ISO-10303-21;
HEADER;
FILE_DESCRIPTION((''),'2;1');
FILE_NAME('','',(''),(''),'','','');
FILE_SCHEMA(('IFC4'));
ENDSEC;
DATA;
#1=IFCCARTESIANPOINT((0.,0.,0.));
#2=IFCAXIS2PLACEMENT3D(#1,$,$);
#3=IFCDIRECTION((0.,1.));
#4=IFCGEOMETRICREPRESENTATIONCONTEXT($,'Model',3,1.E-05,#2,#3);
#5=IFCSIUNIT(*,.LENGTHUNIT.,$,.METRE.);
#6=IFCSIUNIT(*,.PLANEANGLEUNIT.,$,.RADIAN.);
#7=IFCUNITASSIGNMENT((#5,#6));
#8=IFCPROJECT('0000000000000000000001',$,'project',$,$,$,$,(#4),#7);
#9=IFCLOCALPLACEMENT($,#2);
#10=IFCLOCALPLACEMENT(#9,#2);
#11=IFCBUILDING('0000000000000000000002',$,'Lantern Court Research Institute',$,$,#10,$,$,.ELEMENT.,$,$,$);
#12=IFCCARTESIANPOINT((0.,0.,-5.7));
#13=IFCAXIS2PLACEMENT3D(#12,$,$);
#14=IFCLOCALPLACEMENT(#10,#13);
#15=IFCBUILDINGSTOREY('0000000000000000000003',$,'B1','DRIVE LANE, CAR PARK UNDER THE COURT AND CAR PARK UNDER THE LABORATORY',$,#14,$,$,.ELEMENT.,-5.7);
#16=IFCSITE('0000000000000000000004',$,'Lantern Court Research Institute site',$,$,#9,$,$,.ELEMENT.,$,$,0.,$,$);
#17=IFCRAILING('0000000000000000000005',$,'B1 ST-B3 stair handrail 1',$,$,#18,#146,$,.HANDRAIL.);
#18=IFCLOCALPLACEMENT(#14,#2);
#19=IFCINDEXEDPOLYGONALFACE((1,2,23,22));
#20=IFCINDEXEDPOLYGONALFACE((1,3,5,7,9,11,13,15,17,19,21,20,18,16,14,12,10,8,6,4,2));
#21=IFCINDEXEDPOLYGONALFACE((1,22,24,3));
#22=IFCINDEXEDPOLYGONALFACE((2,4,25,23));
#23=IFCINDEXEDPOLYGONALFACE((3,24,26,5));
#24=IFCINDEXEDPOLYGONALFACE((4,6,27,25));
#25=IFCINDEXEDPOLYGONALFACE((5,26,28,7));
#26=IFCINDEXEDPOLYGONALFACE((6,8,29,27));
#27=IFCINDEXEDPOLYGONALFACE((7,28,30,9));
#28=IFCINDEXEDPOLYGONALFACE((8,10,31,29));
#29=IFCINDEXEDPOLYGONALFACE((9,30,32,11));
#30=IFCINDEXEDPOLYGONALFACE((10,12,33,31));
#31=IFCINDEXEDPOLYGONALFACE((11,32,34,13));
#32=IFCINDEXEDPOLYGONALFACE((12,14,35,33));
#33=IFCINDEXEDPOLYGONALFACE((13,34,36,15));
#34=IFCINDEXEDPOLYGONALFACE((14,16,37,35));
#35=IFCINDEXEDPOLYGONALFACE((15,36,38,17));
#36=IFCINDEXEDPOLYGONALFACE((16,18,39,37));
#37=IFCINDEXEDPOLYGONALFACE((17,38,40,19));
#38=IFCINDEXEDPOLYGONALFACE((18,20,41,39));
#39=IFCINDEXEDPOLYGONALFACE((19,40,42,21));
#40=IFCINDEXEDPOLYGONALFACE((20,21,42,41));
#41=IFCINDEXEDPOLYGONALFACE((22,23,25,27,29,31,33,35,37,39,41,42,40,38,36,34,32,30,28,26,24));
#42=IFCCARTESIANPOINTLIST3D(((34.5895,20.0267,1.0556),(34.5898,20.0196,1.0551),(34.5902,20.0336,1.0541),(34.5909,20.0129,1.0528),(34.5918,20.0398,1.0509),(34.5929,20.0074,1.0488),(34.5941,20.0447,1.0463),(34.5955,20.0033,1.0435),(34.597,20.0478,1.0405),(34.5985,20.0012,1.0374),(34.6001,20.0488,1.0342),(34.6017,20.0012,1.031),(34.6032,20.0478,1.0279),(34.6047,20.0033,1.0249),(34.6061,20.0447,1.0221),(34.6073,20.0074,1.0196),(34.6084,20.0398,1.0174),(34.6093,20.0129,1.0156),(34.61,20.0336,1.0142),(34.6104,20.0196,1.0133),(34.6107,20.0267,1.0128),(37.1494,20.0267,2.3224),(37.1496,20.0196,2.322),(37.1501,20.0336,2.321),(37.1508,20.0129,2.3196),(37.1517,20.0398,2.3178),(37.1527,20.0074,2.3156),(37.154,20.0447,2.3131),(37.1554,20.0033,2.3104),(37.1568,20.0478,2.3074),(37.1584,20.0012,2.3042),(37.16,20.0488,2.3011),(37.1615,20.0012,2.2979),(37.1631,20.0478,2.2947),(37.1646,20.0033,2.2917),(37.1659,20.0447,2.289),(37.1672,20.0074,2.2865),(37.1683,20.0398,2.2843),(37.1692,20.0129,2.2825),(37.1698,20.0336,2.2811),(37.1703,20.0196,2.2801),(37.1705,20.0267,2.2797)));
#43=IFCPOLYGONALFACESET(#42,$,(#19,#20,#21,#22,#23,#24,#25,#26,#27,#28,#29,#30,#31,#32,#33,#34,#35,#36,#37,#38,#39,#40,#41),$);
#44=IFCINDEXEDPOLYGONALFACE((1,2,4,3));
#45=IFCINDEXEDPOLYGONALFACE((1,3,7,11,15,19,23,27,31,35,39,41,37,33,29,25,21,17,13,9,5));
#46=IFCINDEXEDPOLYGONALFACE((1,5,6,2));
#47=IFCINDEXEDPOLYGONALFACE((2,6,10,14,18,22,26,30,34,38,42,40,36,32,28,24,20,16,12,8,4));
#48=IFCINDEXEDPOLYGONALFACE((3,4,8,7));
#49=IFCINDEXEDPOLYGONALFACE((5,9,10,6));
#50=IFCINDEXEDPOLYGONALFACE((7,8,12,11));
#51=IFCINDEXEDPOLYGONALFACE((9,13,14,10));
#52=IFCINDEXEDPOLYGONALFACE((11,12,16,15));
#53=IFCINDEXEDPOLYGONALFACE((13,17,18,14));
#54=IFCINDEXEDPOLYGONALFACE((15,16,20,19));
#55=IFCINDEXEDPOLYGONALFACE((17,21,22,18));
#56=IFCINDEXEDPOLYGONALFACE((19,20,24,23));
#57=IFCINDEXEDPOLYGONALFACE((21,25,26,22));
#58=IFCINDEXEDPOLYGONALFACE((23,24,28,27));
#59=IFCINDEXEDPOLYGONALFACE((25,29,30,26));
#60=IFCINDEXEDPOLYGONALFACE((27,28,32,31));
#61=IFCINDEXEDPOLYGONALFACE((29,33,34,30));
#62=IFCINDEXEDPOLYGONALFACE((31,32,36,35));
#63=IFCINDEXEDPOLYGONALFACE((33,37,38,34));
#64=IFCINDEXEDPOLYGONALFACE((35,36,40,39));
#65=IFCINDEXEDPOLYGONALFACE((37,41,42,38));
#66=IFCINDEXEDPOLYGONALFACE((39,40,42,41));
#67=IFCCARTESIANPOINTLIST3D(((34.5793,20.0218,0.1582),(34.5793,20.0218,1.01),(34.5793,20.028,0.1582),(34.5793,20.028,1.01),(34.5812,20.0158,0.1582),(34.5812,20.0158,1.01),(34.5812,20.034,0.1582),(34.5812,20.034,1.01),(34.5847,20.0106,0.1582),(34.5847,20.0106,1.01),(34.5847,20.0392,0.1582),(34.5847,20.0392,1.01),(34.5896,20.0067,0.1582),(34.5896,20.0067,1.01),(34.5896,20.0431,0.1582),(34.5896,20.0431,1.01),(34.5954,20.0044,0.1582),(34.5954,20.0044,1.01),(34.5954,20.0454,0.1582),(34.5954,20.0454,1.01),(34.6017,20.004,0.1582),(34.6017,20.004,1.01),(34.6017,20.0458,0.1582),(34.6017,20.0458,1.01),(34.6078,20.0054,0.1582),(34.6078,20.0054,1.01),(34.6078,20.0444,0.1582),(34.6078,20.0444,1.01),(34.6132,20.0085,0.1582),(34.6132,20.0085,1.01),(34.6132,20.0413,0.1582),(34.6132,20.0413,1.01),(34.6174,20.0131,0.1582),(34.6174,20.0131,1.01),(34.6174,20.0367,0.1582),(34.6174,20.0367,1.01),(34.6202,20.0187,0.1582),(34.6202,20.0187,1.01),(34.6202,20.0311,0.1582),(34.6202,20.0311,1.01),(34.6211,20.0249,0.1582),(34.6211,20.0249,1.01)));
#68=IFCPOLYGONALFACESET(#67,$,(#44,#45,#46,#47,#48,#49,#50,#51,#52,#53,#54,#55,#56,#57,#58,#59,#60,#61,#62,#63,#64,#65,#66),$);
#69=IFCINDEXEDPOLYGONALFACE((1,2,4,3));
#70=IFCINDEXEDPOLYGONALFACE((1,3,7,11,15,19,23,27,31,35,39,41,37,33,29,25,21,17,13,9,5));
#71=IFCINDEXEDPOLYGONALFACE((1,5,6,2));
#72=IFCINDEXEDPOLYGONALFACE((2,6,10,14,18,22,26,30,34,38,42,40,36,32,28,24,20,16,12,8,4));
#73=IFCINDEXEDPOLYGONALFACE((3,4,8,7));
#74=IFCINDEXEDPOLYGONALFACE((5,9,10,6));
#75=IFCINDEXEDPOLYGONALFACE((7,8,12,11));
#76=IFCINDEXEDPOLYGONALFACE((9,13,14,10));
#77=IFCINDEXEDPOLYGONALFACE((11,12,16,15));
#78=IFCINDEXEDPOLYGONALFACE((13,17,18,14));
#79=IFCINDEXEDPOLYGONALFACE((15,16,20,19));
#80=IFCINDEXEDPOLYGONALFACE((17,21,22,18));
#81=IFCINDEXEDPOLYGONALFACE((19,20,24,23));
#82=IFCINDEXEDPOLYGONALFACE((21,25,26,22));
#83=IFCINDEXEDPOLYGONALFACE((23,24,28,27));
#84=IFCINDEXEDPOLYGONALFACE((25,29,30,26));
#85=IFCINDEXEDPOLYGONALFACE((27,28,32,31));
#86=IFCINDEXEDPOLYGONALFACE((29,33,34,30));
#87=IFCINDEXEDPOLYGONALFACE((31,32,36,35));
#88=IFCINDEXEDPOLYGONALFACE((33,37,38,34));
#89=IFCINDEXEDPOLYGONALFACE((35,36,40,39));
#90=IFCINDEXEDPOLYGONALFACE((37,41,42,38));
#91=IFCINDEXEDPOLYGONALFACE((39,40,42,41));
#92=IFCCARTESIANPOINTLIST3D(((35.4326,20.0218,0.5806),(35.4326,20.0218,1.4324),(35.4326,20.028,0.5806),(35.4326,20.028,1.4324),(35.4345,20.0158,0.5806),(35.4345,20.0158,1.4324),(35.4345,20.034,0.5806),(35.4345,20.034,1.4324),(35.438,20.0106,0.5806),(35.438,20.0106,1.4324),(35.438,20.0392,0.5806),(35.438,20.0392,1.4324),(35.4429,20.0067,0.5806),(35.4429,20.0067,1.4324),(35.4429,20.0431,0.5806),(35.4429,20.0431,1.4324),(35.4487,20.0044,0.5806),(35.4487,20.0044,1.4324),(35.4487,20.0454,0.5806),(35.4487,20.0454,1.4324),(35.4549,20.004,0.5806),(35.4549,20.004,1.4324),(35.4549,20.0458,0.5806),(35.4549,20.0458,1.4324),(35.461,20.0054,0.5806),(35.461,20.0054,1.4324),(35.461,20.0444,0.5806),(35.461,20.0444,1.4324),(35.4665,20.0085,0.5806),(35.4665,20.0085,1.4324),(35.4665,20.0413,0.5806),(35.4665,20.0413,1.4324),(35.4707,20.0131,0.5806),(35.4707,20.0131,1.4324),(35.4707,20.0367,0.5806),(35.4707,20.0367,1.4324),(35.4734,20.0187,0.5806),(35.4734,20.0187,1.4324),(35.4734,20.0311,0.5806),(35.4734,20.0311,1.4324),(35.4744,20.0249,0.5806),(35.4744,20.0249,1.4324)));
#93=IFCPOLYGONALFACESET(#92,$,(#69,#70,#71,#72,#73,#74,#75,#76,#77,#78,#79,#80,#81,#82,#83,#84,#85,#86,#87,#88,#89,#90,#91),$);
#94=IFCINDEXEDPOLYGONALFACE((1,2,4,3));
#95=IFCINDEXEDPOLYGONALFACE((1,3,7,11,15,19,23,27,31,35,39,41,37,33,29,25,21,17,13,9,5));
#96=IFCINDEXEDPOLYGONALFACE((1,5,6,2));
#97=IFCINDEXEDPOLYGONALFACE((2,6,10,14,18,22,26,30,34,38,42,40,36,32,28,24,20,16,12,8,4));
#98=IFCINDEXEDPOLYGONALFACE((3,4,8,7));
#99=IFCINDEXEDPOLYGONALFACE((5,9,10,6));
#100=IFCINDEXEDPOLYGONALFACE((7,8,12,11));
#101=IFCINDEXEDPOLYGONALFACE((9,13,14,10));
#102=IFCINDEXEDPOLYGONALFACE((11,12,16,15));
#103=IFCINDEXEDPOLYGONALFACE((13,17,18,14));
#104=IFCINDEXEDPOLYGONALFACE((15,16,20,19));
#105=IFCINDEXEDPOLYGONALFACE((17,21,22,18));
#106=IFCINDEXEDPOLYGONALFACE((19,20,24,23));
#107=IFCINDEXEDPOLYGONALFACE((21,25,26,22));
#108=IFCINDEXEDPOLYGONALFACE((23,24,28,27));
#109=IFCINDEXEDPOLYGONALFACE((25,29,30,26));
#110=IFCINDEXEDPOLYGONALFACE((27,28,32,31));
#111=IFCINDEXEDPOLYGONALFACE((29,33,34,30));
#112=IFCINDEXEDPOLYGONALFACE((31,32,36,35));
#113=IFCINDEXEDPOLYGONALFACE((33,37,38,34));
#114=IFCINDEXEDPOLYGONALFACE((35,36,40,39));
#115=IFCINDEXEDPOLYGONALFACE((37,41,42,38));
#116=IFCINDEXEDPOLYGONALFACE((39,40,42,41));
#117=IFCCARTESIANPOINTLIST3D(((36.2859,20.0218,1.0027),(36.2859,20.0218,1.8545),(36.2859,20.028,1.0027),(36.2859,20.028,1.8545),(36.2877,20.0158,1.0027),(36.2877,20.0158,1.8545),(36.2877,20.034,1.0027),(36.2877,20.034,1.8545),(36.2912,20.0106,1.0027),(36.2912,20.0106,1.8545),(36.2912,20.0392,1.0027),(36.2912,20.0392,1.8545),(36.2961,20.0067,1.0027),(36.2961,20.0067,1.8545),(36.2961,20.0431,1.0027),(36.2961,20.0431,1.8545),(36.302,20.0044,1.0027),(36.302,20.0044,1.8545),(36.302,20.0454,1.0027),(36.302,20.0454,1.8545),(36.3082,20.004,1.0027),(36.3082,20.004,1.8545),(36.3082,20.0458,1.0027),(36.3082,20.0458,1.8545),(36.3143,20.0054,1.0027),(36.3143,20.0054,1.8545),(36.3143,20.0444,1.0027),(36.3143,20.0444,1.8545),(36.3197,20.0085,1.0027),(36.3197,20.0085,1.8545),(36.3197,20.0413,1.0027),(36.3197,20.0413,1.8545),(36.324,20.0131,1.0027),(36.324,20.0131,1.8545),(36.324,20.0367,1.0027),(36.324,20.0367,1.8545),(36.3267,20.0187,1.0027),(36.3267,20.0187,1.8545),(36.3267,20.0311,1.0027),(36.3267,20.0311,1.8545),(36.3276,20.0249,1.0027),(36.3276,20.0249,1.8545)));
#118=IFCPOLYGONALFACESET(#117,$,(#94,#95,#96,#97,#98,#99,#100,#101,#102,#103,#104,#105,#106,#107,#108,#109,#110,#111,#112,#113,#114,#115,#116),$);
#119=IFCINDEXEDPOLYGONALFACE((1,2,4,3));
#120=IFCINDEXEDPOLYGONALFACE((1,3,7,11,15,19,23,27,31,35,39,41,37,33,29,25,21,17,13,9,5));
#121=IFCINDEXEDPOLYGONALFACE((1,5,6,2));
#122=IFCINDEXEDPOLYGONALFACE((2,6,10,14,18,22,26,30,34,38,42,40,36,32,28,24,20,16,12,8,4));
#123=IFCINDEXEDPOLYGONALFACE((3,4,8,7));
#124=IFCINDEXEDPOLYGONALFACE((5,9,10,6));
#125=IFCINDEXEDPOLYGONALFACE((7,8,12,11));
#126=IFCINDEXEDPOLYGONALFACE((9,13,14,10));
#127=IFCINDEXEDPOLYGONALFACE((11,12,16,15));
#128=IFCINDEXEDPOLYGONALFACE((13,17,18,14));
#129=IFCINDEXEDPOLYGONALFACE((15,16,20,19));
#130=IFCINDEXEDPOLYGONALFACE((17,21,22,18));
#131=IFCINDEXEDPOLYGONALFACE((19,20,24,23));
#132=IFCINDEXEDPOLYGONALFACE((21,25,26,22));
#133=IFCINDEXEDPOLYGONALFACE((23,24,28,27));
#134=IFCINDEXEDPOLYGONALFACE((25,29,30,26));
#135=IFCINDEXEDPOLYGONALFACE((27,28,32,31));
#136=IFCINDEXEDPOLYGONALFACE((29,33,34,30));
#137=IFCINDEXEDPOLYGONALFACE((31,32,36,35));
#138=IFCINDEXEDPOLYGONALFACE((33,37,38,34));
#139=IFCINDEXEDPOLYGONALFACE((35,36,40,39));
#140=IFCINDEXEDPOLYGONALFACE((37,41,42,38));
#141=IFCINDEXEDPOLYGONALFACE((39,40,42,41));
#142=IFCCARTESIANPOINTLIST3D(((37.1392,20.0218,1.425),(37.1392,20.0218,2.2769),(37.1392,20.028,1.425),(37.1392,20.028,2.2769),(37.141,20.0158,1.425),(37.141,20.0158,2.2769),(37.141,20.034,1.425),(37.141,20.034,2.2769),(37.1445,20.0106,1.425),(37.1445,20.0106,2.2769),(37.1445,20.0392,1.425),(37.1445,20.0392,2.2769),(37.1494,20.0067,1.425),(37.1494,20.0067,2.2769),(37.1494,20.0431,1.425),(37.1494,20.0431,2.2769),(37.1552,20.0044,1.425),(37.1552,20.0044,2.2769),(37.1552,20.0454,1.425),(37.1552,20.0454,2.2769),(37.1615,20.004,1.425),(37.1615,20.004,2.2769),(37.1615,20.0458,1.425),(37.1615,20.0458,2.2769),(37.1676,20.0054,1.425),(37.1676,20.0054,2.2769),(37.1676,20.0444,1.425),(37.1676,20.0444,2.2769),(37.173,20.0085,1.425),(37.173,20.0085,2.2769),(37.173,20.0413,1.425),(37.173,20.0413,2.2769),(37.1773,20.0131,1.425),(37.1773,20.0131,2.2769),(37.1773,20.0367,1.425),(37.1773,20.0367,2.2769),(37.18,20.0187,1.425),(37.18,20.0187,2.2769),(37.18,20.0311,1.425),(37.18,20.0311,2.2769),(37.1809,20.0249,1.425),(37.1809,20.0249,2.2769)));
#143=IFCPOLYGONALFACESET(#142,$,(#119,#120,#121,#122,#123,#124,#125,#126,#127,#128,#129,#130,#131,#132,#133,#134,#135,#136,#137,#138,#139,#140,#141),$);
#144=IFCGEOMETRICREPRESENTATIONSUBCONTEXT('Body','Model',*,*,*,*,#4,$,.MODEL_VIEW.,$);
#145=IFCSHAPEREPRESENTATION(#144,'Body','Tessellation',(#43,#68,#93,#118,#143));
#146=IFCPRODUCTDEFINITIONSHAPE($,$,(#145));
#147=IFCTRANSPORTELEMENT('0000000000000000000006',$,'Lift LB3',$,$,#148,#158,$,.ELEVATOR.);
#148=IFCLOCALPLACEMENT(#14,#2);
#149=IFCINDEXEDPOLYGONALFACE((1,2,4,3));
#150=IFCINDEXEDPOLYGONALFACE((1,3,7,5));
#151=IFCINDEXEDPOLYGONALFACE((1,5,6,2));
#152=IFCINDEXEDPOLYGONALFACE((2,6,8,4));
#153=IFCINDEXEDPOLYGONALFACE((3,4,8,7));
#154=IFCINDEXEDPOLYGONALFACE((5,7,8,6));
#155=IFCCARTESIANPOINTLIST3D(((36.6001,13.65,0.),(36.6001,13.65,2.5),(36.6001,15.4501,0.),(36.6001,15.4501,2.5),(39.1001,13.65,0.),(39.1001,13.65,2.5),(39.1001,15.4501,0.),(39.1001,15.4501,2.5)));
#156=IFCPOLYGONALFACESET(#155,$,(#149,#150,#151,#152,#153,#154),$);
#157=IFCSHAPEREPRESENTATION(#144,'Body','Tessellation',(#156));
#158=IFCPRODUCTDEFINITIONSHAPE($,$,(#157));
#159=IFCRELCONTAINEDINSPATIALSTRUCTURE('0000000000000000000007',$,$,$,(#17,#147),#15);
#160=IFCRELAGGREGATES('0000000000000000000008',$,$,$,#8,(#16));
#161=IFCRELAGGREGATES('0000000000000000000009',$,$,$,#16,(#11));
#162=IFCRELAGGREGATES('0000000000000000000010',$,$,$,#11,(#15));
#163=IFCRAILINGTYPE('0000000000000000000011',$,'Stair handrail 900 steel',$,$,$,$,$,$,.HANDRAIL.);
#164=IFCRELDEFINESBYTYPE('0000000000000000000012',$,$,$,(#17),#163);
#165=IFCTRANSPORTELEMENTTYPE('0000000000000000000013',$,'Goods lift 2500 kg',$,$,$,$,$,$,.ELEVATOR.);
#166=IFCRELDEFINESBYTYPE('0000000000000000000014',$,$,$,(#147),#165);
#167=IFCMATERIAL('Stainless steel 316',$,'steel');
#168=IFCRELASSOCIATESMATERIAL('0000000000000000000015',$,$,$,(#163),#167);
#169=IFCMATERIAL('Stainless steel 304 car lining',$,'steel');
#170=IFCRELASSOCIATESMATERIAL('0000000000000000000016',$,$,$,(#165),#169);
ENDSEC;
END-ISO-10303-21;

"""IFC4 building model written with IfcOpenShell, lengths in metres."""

from ifc_helpers import new_model, si_unit, direction, frame, origin, origin_2d, place, context, subcontext, project, spatial, rectangle, circle, extrude, material, type_object, element, save


model = new_model("IFC4")

# Units and contexts
model_context = context("Model", 3, precision=1e-05, world=origin(), true_north=direction((0.0, 1.0)))
body_context = subcontext(model_context, "Body", "Model", "MODEL_VIEW")
ifc_project = project(units=[si_unit("LENGTHUNIT", "METRE"), si_unit("PLANEANGLEUNIT", "RADIAN")], contexts=[model_context])

# Site, building, storey
site_placement = place(None, origin())
site = spatial("IfcSite", under=ifc_project, at=site_placement, Name="Lantern Court Research Institute site", CompositionType="ELEMENT", RefElevation=0.0)
building_placement = place(site_placement, origin())
building = spatial("IfcBuilding", under=site, at=building_placement, Name="Lantern Court Research Institute", CompositionType="ELEMENT")
storey_placement = place(building_placement, frame((0.0, 0.0, -5.7)))
storey = spatial("IfcBuildingStorey", under=building, at=storey_placement, Name="B1", Description="DRIVE LANE, CAR PARK UNDER THE COURT AND CAR PARK UNDER THE LABORATORY", CompositionType="ELEMENT", Elevation=-5.7)

# Railing
ifc_material_1 = material(Name="Stainless steel 316", Category="steel")
railing_type_1 = type_object("IfcRailingType", Name="Stair handrail 900 steel", PredefinedType="HANDRAIL", material=ifc_material_1)
railing_1_placement = place(storey_placement, frame((34.6001, 20.0249, 0.1582)))
element("IfcRailing", 1, at=railing_1_placement, inside=storey, type_object=railing_type_1, Name="B1 ST-B3 stair handrail 1", PredefinedType="HANDRAIL", context=body_context, shape_type="SweptSolid", body=[
    extrude(circle(Radius=0.0239, at=origin_2d()), frame((0.0, 0.0, 0.876), z_axis=(0.896249, 0.0, 0.443551), x_axis=(0.0, 1.0, 0.0)), (0.0, 0.0, 1.0), 2.8562),
    extrude(circle(Radius=0.021, at=origin_2d()), origin(), (0.0, 0.0, 1.0), 0.8518),
    extrude(circle(Radius=0.021, at=origin_2d()), frame((0.8533, 0.0, 0.4224)), (0.0, 0.0, 1.0), 0.8518),
    extrude(circle(Radius=0.021, at=origin_2d()), frame((1.7065, 0.0, 0.8445)), (0.0, 0.0, 1.0), 0.8518),
    extrude(circle(Radius=0.021, at=origin_2d()), frame((2.5598, 0.0, 1.2668)), (0.0, 0.0, 1.0), 0.8518),
])

# Transport element
ifc_material_2 = material(Name="Stainless steel 304 car lining", Category="steel")
transport_element_type = type_object("IfcTransportElementType", Name="Goods lift 2500 kg", PredefinedType="ELEVATOR", material=ifc_material_2)
transport_element_placement = place(storey_placement, frame((37.8501, 14.55, 0.0), z_axis=(0.0, 0.0, 1.0), x_axis=(1.0, 0.0, 0.0)))
element("IfcTransportElement", 2, at=transport_element_placement, inside=storey, type_object=transport_element_type, Name="Lift LB3", PredefinedType="ELEVATOR", context=body_context, shape_type="SweptSolid", body=[
    extrude(rectangle(XDim=2.5, YDim=1.8, at=origin_2d()), origin(), (0.0, 0.0, 1.0), 2.5),
])

save(model, "model.ifc")
